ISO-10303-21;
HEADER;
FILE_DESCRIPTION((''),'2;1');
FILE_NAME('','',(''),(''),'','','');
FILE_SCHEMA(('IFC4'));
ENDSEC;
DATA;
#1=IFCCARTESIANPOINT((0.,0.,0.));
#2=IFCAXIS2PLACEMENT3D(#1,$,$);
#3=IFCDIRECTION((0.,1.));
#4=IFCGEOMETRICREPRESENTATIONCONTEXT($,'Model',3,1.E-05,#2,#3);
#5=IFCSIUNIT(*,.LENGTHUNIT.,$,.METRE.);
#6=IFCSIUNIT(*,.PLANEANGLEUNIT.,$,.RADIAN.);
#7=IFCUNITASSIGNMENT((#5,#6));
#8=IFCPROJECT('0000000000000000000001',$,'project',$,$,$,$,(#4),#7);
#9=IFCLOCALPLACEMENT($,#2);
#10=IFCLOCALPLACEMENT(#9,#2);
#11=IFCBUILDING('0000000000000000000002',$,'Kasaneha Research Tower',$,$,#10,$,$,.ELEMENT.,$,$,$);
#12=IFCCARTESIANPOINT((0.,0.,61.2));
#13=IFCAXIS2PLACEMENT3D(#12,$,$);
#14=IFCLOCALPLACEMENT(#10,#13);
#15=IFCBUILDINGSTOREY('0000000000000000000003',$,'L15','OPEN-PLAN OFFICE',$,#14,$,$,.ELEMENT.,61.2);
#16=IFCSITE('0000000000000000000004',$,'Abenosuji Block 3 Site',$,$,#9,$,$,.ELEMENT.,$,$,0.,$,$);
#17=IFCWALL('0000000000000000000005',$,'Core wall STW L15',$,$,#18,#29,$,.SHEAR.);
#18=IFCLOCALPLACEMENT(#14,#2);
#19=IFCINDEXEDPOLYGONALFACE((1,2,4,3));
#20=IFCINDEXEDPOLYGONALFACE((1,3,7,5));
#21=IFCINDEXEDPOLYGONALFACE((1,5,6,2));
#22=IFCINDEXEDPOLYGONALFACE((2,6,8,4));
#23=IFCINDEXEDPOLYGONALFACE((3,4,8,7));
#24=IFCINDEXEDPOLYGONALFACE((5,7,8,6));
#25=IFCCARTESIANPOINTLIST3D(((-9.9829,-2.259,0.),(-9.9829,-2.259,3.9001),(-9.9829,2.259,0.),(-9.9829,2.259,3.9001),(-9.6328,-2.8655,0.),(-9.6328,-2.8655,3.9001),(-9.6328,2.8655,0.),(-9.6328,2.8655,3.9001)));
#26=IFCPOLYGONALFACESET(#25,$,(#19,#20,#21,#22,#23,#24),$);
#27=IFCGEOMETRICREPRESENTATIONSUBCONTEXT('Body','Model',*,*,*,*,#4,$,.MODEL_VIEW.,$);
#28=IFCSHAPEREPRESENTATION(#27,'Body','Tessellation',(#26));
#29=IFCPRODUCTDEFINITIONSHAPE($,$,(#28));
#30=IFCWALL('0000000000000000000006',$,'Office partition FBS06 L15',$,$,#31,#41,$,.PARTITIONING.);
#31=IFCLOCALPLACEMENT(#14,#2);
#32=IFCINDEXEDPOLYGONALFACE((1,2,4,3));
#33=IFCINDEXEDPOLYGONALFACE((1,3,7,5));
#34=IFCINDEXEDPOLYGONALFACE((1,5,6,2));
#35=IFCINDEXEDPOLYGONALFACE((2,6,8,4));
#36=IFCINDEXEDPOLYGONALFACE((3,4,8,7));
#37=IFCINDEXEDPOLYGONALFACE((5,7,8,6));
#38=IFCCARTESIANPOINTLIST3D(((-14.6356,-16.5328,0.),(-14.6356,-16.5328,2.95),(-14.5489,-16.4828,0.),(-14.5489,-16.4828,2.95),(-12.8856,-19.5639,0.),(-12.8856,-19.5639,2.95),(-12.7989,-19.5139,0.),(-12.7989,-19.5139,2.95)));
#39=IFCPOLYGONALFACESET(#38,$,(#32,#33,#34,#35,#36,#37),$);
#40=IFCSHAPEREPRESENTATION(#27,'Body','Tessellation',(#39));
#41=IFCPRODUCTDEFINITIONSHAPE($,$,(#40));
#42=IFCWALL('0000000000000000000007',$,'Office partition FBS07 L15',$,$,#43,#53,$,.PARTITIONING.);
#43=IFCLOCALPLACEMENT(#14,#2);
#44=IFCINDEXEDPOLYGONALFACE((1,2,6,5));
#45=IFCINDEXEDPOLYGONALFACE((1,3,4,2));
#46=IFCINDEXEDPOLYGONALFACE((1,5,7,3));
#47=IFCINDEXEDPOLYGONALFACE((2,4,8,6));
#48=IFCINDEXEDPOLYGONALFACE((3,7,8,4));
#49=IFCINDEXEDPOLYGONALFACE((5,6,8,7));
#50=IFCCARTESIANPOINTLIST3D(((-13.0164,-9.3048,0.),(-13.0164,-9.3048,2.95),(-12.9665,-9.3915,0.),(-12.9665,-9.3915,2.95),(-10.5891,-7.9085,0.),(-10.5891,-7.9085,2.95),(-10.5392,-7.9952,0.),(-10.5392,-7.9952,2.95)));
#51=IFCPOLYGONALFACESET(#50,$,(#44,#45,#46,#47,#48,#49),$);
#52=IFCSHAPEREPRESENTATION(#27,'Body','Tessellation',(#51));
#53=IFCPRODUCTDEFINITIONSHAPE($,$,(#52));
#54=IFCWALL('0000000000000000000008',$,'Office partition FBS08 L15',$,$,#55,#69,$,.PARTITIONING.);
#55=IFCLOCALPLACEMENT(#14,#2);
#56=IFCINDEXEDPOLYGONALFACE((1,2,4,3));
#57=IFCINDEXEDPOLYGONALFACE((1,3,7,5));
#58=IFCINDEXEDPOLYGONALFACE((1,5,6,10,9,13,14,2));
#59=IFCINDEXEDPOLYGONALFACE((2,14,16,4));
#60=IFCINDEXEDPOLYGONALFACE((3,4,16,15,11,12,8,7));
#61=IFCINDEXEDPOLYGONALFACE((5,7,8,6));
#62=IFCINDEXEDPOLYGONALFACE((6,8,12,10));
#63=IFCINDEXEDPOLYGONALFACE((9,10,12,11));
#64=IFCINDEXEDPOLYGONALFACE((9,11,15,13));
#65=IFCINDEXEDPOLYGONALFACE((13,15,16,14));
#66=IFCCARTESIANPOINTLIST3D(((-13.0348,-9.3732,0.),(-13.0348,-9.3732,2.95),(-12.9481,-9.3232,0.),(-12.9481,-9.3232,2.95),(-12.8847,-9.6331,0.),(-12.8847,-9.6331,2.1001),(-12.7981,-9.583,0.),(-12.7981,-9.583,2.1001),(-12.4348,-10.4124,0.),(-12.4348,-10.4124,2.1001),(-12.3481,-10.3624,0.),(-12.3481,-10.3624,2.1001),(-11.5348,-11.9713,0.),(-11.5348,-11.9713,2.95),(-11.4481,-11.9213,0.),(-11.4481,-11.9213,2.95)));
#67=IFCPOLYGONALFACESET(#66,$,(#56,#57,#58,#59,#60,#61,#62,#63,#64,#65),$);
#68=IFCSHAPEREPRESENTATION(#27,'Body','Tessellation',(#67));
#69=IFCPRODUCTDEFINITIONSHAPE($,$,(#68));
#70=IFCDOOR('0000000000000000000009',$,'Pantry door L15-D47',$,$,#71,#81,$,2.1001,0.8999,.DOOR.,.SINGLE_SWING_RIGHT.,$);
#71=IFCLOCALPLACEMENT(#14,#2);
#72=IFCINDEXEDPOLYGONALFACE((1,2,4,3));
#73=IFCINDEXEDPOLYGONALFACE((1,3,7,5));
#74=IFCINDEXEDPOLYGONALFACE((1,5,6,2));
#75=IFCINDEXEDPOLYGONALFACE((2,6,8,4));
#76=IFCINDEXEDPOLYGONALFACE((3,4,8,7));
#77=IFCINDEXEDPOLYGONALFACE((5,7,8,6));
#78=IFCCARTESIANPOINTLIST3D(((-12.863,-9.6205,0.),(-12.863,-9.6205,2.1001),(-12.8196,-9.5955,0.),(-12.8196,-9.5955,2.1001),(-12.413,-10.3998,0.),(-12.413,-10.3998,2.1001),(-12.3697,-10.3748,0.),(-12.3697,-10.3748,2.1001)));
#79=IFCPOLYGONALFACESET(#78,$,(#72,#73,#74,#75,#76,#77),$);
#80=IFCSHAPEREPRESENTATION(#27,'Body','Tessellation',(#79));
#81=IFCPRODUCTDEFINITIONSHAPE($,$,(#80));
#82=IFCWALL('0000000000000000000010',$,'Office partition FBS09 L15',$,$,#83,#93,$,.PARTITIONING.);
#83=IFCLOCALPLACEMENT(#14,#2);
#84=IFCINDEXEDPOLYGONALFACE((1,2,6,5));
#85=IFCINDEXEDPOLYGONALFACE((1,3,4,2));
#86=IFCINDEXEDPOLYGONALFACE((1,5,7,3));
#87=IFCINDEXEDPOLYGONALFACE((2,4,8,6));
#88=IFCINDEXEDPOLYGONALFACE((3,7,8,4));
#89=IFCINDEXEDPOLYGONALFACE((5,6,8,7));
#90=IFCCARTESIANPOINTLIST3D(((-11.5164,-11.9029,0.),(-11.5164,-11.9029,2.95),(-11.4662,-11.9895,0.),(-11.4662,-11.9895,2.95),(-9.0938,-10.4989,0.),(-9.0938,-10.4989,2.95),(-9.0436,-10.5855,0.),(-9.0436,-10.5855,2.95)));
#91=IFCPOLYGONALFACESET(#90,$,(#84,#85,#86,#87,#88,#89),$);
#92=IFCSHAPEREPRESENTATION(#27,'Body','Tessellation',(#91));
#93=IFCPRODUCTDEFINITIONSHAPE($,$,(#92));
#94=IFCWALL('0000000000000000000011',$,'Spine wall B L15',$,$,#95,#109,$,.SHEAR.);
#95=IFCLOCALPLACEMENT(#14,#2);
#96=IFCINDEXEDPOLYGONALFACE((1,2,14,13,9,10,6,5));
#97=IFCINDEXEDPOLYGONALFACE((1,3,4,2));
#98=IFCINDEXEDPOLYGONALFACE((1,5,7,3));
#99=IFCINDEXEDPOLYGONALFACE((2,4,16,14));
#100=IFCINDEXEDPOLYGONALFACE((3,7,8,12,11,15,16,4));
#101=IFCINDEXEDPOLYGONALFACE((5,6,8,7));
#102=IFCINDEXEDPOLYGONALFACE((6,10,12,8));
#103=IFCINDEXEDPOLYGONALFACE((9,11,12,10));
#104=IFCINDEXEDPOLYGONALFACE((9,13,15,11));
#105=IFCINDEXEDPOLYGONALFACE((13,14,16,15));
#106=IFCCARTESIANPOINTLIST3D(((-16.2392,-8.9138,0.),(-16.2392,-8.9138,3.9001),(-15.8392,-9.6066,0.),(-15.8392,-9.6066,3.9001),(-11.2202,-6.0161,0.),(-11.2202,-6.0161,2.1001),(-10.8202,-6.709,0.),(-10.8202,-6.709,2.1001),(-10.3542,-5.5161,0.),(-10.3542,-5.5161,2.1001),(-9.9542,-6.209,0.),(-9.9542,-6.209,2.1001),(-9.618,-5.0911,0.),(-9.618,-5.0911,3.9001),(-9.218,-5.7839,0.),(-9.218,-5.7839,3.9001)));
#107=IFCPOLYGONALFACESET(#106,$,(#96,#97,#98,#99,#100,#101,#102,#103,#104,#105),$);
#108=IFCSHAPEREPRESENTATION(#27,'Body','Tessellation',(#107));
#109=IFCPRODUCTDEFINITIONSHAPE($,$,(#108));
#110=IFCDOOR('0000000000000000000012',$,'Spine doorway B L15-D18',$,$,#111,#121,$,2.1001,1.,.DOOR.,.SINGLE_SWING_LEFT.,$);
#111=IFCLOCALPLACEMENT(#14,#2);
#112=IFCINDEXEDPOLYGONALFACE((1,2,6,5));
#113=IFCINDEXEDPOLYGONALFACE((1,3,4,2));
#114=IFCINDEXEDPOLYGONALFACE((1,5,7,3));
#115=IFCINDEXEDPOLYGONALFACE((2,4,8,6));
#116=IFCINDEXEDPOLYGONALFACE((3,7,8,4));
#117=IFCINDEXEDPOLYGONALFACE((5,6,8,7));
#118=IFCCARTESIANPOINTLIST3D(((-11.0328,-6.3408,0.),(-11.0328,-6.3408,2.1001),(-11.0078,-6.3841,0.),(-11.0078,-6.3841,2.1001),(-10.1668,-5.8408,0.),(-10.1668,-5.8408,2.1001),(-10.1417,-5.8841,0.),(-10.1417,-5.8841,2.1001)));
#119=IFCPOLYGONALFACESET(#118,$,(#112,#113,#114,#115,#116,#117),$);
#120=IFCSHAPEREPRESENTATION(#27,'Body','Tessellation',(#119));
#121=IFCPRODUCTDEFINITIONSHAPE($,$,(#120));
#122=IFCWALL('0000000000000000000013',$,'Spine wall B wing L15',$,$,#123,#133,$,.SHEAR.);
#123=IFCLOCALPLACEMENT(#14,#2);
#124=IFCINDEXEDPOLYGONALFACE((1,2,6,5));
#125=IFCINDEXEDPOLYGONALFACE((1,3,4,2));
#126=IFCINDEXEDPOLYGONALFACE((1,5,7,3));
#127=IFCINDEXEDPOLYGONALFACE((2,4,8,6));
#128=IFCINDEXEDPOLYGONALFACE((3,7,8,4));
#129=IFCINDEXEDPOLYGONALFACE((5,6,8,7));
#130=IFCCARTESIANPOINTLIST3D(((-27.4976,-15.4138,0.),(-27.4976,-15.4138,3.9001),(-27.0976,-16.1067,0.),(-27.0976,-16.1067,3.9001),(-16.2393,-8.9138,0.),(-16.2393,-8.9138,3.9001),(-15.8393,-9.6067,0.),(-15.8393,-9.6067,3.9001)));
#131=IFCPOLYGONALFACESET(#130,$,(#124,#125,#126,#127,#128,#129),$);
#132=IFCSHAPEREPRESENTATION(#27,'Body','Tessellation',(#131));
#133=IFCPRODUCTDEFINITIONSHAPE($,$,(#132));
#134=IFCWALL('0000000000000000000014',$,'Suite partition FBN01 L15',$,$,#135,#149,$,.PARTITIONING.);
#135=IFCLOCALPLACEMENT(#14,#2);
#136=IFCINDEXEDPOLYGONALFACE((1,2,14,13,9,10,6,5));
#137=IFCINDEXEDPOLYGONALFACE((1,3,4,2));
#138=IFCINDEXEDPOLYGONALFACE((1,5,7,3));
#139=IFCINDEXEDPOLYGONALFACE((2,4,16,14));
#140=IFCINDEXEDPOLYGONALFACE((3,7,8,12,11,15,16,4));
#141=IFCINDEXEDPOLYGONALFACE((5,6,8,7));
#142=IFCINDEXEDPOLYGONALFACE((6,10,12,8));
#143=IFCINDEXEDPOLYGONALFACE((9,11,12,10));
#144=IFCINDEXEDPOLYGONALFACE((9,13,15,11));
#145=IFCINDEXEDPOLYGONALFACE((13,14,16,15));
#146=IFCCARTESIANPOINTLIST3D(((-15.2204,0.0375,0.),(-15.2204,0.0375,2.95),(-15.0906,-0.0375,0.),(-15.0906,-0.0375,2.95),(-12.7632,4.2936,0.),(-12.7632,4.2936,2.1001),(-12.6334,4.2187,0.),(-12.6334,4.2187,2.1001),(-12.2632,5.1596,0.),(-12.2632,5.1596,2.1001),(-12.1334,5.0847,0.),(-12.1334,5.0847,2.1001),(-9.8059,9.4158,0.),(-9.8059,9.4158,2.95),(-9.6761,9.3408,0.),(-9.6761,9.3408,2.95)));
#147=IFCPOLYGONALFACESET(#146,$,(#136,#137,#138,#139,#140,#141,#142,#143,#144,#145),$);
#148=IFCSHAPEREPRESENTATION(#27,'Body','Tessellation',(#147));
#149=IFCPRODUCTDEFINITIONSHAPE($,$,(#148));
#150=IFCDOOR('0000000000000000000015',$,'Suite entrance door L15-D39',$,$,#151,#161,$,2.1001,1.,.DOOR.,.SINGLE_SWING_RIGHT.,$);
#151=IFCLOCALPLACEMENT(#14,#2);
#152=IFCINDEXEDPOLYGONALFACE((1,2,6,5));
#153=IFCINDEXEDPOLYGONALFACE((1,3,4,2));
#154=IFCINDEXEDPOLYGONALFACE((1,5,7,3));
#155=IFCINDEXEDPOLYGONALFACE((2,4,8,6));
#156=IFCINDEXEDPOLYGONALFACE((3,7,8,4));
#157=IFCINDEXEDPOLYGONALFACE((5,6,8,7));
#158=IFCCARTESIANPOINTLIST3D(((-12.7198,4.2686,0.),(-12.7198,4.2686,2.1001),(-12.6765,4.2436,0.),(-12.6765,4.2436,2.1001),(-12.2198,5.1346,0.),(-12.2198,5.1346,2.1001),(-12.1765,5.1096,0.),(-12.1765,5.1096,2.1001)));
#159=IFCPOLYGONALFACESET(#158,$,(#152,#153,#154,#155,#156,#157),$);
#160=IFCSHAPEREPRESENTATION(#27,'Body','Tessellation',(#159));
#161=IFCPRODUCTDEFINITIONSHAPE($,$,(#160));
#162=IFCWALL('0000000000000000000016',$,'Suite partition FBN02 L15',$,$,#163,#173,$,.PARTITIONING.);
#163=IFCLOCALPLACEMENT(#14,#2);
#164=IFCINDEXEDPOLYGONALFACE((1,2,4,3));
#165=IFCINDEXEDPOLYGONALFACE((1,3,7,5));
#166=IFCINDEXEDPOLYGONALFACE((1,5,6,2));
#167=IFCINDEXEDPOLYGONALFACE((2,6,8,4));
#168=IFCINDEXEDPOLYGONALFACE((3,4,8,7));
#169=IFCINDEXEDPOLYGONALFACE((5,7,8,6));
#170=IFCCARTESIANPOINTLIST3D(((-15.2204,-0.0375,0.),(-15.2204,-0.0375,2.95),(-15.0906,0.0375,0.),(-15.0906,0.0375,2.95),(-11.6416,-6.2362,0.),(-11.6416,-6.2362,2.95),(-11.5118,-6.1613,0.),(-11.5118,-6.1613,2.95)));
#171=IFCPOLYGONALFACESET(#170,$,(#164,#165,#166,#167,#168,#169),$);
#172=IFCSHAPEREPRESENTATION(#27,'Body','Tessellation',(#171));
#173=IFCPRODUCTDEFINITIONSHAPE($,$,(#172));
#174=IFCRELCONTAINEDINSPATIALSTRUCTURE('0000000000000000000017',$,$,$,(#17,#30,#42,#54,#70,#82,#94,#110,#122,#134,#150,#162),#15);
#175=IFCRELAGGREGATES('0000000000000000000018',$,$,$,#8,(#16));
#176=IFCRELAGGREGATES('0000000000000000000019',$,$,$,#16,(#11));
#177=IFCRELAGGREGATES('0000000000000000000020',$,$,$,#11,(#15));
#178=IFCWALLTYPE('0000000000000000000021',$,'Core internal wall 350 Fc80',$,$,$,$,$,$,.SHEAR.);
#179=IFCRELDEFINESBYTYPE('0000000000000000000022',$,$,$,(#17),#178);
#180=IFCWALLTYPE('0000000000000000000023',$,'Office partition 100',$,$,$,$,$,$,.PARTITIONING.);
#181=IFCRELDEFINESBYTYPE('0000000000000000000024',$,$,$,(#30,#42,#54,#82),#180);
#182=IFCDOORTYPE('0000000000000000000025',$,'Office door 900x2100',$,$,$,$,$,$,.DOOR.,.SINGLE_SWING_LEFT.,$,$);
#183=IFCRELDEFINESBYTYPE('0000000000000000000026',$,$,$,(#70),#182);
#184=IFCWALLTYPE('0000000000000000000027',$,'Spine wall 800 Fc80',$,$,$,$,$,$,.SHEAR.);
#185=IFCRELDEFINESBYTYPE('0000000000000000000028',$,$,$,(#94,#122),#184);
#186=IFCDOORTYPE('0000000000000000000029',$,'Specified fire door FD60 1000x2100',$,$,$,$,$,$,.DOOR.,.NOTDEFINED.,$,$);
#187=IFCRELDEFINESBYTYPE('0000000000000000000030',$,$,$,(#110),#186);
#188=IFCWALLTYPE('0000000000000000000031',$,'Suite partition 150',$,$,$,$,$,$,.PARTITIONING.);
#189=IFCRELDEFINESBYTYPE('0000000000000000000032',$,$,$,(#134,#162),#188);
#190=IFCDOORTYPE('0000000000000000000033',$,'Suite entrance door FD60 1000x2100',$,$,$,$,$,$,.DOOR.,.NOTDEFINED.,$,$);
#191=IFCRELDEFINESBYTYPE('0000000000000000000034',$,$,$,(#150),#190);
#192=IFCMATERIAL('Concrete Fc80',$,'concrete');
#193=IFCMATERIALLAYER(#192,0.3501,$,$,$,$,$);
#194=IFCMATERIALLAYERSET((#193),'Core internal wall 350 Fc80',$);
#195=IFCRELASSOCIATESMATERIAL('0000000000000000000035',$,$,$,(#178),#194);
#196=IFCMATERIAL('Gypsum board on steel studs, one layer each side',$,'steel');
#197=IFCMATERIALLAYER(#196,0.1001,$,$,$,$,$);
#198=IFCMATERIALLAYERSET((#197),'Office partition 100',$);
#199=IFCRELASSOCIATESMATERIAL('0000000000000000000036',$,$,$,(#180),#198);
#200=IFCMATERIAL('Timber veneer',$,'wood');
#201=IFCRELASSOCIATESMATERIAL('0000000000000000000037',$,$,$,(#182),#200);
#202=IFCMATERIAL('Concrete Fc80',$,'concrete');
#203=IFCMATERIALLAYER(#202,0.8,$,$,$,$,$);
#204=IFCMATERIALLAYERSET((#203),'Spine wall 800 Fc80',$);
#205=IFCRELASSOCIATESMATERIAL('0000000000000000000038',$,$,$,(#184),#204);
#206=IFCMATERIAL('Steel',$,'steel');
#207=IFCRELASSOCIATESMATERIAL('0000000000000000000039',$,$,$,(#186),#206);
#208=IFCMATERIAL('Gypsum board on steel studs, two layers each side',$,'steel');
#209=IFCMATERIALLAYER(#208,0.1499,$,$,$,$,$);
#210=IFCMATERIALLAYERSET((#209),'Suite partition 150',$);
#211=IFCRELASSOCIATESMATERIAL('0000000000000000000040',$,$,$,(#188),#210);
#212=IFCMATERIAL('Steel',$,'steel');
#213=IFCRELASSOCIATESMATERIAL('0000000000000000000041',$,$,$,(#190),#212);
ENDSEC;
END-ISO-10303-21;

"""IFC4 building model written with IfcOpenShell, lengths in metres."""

from ifc_helpers import new_model, si_unit, direction, frame, frame_2d, origin, place, context, subcontext, project, spatial, polyline, rectangle, outline, extrude, material, layer, layer_set, type_object, element, fill, save


model = new_model("IFC4")

# Units and contexts
model_context = context("Model", 3, precision=1e-05, world=origin(), true_north=direction((0.0, 1.0)))
body_context = subcontext(model_context, "Body", "Model", "MODEL_VIEW")
ifc_project = project(units=[si_unit("LENGTHUNIT", "METRE"), si_unit("PLANEANGLEUNIT", "RADIAN")], contexts=[model_context])

# Site, building, storey
site_placement = place(None, origin())
site = spatial("IfcSite", under=ifc_project, at=site_placement, Name="Abenosuji Block 3 Site", CompositionType="ELEMENT", RefElevation=0.0)
building_placement = place(site_placement, origin())
building = spatial("IfcBuilding", under=site, at=building_placement, Name="Kasaneha Research Tower", CompositionType="ELEMENT")
storey_placement = place(building_placement, frame((0.0, 0.0, 61.2)))
storey = spatial("IfcBuildingStorey", under=building, at=storey_placement, Name="L15", Description="OPEN-PLAN OFFICE", CompositionType="ELEMENT", Elevation=61.2)

# Shared definitions
ifc_material_1 = material(Name="Concrete Fc80", Category="concrete")
ifc_layer_1 = layer(ifc_material_1, 0.3501)
ifc_layer_set_1 = layer_set([ifc_layer_1], Name="Core internal wall 350 Fc80")
wall_type_1 = type_object("IfcWallType", Name="Core internal wall 350 Fc80", PredefinedType="SHEAR", material=ifc_layer_set_1)

# Walls
wall_1_placement = place(storey_placement, frame((-9.8079, -2.5623, 0.0), z_axis=(0.0, 0.0, 1.0), x_axis=(0.0, 1.0, 0.0)))
element("IfcWall", 1, at=wall_1_placement, inside=storey, type_object=wall_type_1, Name="Core wall STW L15", PredefinedType="SHEAR", context=body_context, shape_type="SweptSolid", body=[
    extrude(outline(polyline([(-0.3032, -0.175), (5.4277, -0.175), (4.8213, 0.175), (0.3032, 0.175), (-0.3032, -0.175)])), origin(), (0.0, 0.0, 1.0), 3.9001),
])
ifc_material_2 = material(Name="Gypsum board on steel studs, one layer each side", Category="steel")
ifc_layer_2 = layer(ifc_material_2, 0.1001)
ifc_layer_set_2 = layer_set([ifc_layer_2], Name="Office partition 100")
wall_type_2 = type_object("IfcWallType", Name="Office partition 100", PredefinedType="PARTITIONING", material=ifc_layer_set_2)
wall_2_placement = place(storey_placement, frame((-14.5923, -16.5078, 0.0), z_axis=(0.0, 0.0, 1.0), x_axis=(0.50001, -0.866019, 0.0)))
element("IfcWall", 2, at=wall_2_placement, inside=storey, type_object=wall_type_2, Name="Office partition FBS06 L15", PredefinedType="PARTITIONING", context=body_context, shape_type="SweptSolid", body=[
    extrude(rectangle(XDim=3.5, YDim=0.1001, at=frame_2d((1.75, 0.0))), origin(), (0.0, 0.0, 1.0), 2.95),
])
wall_3_placement = place(storey_placement, frame((-12.9915, -9.3481, 0.0), z_axis=(0.0, 0.0, 1.0), x_axis=(0.866818, 0.498625, 0.0)))
element("IfcWall", 3, at=wall_3_placement, inside=storey, type_object=wall_type_2, Name="Office partition FBS07 L15", PredefinedType="PARTITIONING", context=body_context, shape_type="SweptSolid", body=[
    extrude(rectangle(XDim=2.8003, YDim=0.1001, at=frame_2d((1.4001, 0.0))), origin(), (0.0, 0.0, 1.0), 2.95),
])

# Wall, opening, door
wall_4_placement = place(storey_placement, frame((-11.4915, -11.9463, 0.0), z_axis=(0.0, 0.0, 1.0), x_axis=(-0.49999, 0.866031, 0.0)))
wall_4 = element("IfcWall", 4, at=wall_4_placement, inside=storey, type_object=wall_type_2, Name="Office partition FBS08 L15", PredefinedType="PARTITIONING", context=body_context, shape_type="SweptSolid", body=[
    extrude(rectangle(XDim=3.0, YDim=0.1001, at=frame_2d((1.5, 0.0))), origin(), (0.0, 0.0, 1.0), 2.95),
])
opening_1_placement = place(wall_4_placement, frame((1.8, 0.0, 0.0)))
opening_1 = element("IfcOpeningElement", 5, at=opening_1_placement, cuts=wall_4, PredefinedType="OPENING", context=body_context, shape_type="SweptSolid", body=[
    extrude(rectangle(XDim=0.8999, YDim=2.1001, at=frame_2d((0.45, 1.05))), frame((0.0, 0.0601, 0.0), z_axis=(0.0, -1.0, 0.0), x_axis=(1.0, 0.0, 0.0)), (0.0, 0.0, 1.0), 0.1201),
])
ifc_material_3 = material(Name="Timber veneer", Category="wood")
door_type_1 = type_object("IfcDoorType", Name="Office door 900x2100", OperationType="SINGLE_SWING_LEFT", PredefinedType="DOOR", material=ifc_material_3)
door_1_placement = place(opening_1_placement, origin())
door_1 = element("IfcDoor", 6, at=door_1_placement, inside=storey, type_object=door_type_1, Name="Pantry door L15-D47", OperationType="SINGLE_SWING_RIGHT", OverallHeight=2.1001, OverallWidth=0.8999, PredefinedType="DOOR", context=body_context, shape_type="SweptSolid", body=[
    extrude(rectangle(XDim=0.8999, YDim=2.1001, at=frame_2d((0.45, 1.05))), frame((0.0, 0.0249, 0.0), z_axis=(0.0, -1.0, 0.0), x_axis=(1.0, 0.0, 0.0)), (0.0, 0.0, 1.0), 0.05),
])
fill(opening_1, door_1)

# Wall
wall_5_placement = place(storey_placement, frame((-9.0688, -10.5422, 0.0), z_axis=(0.0, 0.0, 1.0), x_axis=(-0.865195, -0.501435, 0.0)))
element("IfcWall", 7, at=wall_5_placement, inside=storey, type_object=wall_type_2, Name="Office partition FBS09 L15", PredefinedType="PARTITIONING", context=body_context, shape_type="SweptSolid", body=[
    extrude(rectangle(XDim=2.8, YDim=0.1001, at=frame_2d((1.3999, 0.0))), origin(), (0.0, 0.0, 1.0), 2.95),
])

# Wall, opening, door
ifc_material_4 = material(Name="Concrete Fc80", Category="concrete")
ifc_layer_3 = layer(ifc_material_4, 0.8)
ifc_layer_set_3 = layer_set([ifc_layer_3], Name="Spine wall 800 Fc80")
wall_type_3 = type_object("IfcWallType", Name="Spine wall 800 Fc80", PredefinedType="SHEAR", material=ifc_layer_set_3)
wall_6_placement = place(storey_placement, frame((-9.418, -5.4375, 0.0), z_axis=(0.0, 0.0, 1.0), x_axis=(-0.86603, -0.499992, 0.0)))
wall_6 = element("IfcWall", 8, at=wall_6_placement, inside=storey, type_object=wall_type_3, Name="Spine wall B L15", PredefinedType="SHEAR", context=body_context, shape_type="SweptSolid", body=[
    extrude(rectangle(XDim=7.6455, YDim=0.8, at=frame_2d((3.8228, 0.0))), origin(), (0.0, 0.0, 1.0), 3.9001),
])
opening_2_placement = place(wall_6_placement, frame((0.8501, 0.0, 0.0)))
opening_2 = element("IfcOpeningElement", 9, at=opening_2_placement, cuts=wall_6, PredefinedType="OPENING", context=body_context, shape_type="SweptSolid", body=[
    extrude(rectangle(XDim=1.0, YDim=2.1001, at=frame_2d((0.5, 1.05))), frame((0.0, 0.4102, 0.0), z_axis=(0.0, -1.0, 0.0), x_axis=(1.0, 0.0, 0.0)), (0.0, 0.0, 1.0), 0.8201),
])
ifc_material_5 = material(Name="Steel", Category="steel")
door_type_2 = type_object("IfcDoorType", Name="Specified fire door FD60 1000x2100", OperationType="NOTDEFINED", PredefinedType="DOOR", material=ifc_material_5)
door_2_placement = place(opening_2_placement, origin())
door_2 = element("IfcDoor", 10, at=door_2_placement, inside=storey, type_object=door_type_2, Name="Spine doorway B L15-D18", OperationType="SINGLE_SWING_LEFT", OverallHeight=2.1001, OverallWidth=1.0, PredefinedType="DOOR", context=body_context, shape_type="SweptSolid", body=[
    extrude(rectangle(XDim=1.0, YDim=2.1001, at=frame_2d((0.5, 1.05))), frame((0.0, 0.0249, 0.0), z_axis=(0.0, -1.0, 0.0), x_axis=(1.0, 0.0, 0.0)), (0.0, 0.0, 1.0), 0.05),
])
fill(opening_2, door_2)

# Wall
wall_7_placement = place(storey_placement, frame((-16.0393, -9.2603, 0.0), z_axis=(0.0, 0.0, 1.0), x_axis=(-0.866025, -0.500001, 0.0)))
element("IfcWall", 11, at=wall_7_placement, inside=storey, type_object=wall_type_3, Name="Spine wall B wing L15", PredefinedType="SHEAR", context=body_context, shape_type="SweptSolid", body=[
    extrude(rectangle(XDim=13.0, YDim=0.8, at=frame_2d((6.5, 0.0))), origin(), (0.0, 0.0, 1.0), 3.9001),
])

# Wall, opening, door
ifc_material_6 = material(Name="Gypsum board on steel studs, two layers each side", Category="steel")
ifc_layer_4 = layer(ifc_material_6, 0.1499)
ifc_layer_set_4 = layer_set([ifc_layer_4], Name="Suite partition 150")
wall_type_4 = type_object("IfcWallType", Name="Suite partition 150", PredefinedType="PARTITIONING", material=ifc_layer_set_4)
wall_8_placement = place(storey_placement, frame((-15.1555, 0.0, 0.0), z_axis=(0.0, 0.0, 1.0), x_axis=(0.499994, 0.866029, 0.0)))
wall_8 = element("IfcWall", 12, at=wall_8_placement, inside=storey, type_object=wall_type_4, Name="Suite partition FBN01 L15", PredefinedType="PARTITIONING", context=body_context, shape_type="SweptSolid", body=[
    extrude(rectangle(XDim=10.8291, YDim=0.1499, at=frame_2d((5.4146, 0.0))), origin(), (0.0, 0.0, 1.0), 2.95),
])
opening_3_placement = place(wall_8_placement, frame((4.9146, 0.0, 0.0)))
opening_3 = element("IfcOpeningElement", 13, at=opening_3_placement, cuts=wall_8, PredefinedType="OPENING", context=body_context, shape_type="SweptSolid", body=[
    extrude(rectangle(XDim=1.0, YDim=2.1001, at=frame_2d((0.5, 1.05))), frame((0.0, 0.085, 0.0), z_axis=(0.0, -1.0, 0.0), x_axis=(1.0, 0.0, 0.0)), (0.0, 0.0, 1.0), 0.1699),
])
ifc_material_7 = material(Name="Steel", Category="steel")
door_type_3 = type_object("IfcDoorType", Name="Suite entrance door FD60 1000x2100", OperationType="NOTDEFINED", PredefinedType="DOOR", material=ifc_material_7)
door_3_placement = place(opening_3_placement, origin())
door_3 = element("IfcDoor", 14, at=door_3_placement, inside=storey, type_object=door_type_3, Name="Suite entrance door L15-D39", OperationType="SINGLE_SWING_RIGHT", OverallHeight=2.1001, OverallWidth=1.0, PredefinedType="DOOR", context=body_context, shape_type="SweptSolid", body=[
    extrude(rectangle(XDim=1.0, YDim=2.1001, at=frame_2d((0.5, 1.05))), frame((0.0, 0.0249, 0.0), z_axis=(0.0, -1.0, 0.0), x_axis=(1.0, 0.0, 0.0)), (0.0, 0.0, 1.0), 0.05),
])
fill(opening_3, door_3)

# Wall
wall_9_placement = place(storey_placement, frame((-11.5767, -6.1987, 0.0), z_axis=(0.0, 0.0, 1.0), x_axis=(-0.500002, 0.866024, 0.0)))
element("IfcWall", 15, at=wall_9_placement, inside=storey, type_object=wall_type_4, Name="Suite partition FBN02 L15", PredefinedType="PARTITIONING", context=body_context, shape_type="SweptSolid", body=[
    extrude(rectangle(XDim=7.1577, YDim=0.1499, at=frame_2d((3.5789, 0.0))), origin(), (0.0, 0.0, 1.0), 2.95),
])

save(model, "model.ifc")
